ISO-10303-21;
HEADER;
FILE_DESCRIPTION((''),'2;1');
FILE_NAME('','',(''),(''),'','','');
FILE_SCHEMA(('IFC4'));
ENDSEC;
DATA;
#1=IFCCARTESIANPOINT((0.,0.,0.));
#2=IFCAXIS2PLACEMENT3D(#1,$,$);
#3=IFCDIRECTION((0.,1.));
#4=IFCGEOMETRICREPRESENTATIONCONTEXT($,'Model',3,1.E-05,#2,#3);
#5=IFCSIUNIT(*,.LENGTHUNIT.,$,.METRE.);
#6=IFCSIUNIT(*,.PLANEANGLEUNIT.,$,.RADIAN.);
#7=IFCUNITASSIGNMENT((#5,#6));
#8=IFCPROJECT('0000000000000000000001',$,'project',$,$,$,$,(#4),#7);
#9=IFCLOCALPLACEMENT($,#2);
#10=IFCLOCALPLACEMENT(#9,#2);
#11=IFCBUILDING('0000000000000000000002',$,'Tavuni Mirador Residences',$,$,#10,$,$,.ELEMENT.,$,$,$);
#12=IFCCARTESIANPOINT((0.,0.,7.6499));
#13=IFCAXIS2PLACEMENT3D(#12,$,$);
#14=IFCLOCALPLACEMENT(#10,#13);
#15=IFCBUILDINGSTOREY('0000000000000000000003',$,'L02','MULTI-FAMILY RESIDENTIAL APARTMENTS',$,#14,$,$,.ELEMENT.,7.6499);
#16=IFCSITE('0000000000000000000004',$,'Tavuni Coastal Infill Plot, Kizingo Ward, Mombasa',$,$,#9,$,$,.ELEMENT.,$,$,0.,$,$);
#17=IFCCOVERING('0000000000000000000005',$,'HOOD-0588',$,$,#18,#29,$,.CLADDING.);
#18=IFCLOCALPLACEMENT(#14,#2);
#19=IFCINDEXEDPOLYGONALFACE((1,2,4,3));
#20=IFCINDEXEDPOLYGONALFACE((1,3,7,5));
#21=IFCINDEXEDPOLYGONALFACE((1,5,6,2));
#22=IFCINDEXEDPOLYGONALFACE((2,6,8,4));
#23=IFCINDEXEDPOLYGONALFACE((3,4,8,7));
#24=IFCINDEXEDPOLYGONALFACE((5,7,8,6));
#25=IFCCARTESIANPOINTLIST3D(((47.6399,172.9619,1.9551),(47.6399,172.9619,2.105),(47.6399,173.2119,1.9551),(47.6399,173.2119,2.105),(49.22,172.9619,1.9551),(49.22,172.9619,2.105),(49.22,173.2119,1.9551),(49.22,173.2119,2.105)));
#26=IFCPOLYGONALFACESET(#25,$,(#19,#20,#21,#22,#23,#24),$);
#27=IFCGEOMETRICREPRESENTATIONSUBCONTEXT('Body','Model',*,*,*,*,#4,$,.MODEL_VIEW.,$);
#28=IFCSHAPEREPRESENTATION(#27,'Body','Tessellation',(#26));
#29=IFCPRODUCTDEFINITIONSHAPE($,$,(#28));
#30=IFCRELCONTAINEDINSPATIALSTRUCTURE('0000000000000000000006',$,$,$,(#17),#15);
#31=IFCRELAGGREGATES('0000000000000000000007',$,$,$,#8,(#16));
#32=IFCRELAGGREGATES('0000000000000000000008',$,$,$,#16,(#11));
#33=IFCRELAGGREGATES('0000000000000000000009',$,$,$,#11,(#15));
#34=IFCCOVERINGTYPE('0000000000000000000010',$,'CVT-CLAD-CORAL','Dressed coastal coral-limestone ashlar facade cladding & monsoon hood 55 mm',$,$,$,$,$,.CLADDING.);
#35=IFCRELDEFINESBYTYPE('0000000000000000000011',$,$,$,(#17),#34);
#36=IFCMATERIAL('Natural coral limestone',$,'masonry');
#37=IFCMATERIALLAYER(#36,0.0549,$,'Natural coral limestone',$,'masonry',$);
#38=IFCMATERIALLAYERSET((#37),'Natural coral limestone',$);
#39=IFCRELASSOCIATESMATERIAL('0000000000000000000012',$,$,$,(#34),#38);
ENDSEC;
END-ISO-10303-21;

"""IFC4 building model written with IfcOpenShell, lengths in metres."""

from ifc_helpers import new_model, si_unit, direction, frame, origin, origin_2d, place, context, subcontext, project, spatial, rectangle, extrude, material, layer, layer_set, type_object, element, save


model = new_model("IFC4")

# Units and contexts
model_context = context("Model", 3, precision=1e-05, world=origin(), true_north=direction((0.0, 1.0)))
body_context = subcontext(model_context, "Body", "Model", "MODEL_VIEW")
ifc_project = project(units=[si_unit("LENGTHUNIT", "METRE"), si_unit("PLANEANGLEUNIT", "RADIAN")], contexts=[model_context])

# Site, building, storey
site_placement = place(None, origin())
site = spatial("IfcSite", under=ifc_project, at=site_placement, Name="Tavuni Coastal Infill Plot, Kizingo Ward, Mombasa", CompositionType="ELEMENT", RefElevation=0.0)
building_placement = place(site_placement, origin())
building = spatial("IfcBuilding", under=site, at=building_placement, Name="Tavuni Mirador Residences", CompositionType="ELEMENT")
storey_placement = place(building_placement, frame((0.0, 0.0, 7.6499)))
storey = spatial("IfcBuildingStorey", under=building, at=storey_placement, Name="L02", Description="MULTI-FAMILY RESIDENTIAL APARTMENTS", CompositionType="ELEMENT", Elevation=7.6499)

# Covering
ifc_material_1 = material(Name="Natural coral limestone", Category="masonry")
ifc_layer_1 = layer(ifc_material_1, 0.0549, Name="Natural coral limestone", Category="masonry")
ifc_layer_set_1 = layer_set([ifc_layer_1], Name="Natural coral limestone")
covering_type = type_object("IfcCoveringType", Name="CVT-CLAD-CORAL", Description="Dressed coastal coral-limestone ashlar facade cladding & monsoon hood 55 mm", PredefinedType="CLADDING", material=ifc_layer_set_1)
covering_1_placement = place(storey_placement, frame((48.4299, 173.0869, 1.9551), z_axis=(0.0, 0.0, 1.0), x_axis=(-1.0, 0.0, 0.0)))
element("IfcCovering", 1, at=covering_1_placement, inside=storey, type_object=covering_type, Name="HOOD-0588", PredefinedType="CLADDING", context=body_context, shape_type="SweptSolid", body=[
    extrude(rectangle(XDim=1.5801, YDim=0.25, at=origin_2d()), origin(), (0.0, 0.0, 1.0), 0.1499),
])

save(model, "model.ifc")
